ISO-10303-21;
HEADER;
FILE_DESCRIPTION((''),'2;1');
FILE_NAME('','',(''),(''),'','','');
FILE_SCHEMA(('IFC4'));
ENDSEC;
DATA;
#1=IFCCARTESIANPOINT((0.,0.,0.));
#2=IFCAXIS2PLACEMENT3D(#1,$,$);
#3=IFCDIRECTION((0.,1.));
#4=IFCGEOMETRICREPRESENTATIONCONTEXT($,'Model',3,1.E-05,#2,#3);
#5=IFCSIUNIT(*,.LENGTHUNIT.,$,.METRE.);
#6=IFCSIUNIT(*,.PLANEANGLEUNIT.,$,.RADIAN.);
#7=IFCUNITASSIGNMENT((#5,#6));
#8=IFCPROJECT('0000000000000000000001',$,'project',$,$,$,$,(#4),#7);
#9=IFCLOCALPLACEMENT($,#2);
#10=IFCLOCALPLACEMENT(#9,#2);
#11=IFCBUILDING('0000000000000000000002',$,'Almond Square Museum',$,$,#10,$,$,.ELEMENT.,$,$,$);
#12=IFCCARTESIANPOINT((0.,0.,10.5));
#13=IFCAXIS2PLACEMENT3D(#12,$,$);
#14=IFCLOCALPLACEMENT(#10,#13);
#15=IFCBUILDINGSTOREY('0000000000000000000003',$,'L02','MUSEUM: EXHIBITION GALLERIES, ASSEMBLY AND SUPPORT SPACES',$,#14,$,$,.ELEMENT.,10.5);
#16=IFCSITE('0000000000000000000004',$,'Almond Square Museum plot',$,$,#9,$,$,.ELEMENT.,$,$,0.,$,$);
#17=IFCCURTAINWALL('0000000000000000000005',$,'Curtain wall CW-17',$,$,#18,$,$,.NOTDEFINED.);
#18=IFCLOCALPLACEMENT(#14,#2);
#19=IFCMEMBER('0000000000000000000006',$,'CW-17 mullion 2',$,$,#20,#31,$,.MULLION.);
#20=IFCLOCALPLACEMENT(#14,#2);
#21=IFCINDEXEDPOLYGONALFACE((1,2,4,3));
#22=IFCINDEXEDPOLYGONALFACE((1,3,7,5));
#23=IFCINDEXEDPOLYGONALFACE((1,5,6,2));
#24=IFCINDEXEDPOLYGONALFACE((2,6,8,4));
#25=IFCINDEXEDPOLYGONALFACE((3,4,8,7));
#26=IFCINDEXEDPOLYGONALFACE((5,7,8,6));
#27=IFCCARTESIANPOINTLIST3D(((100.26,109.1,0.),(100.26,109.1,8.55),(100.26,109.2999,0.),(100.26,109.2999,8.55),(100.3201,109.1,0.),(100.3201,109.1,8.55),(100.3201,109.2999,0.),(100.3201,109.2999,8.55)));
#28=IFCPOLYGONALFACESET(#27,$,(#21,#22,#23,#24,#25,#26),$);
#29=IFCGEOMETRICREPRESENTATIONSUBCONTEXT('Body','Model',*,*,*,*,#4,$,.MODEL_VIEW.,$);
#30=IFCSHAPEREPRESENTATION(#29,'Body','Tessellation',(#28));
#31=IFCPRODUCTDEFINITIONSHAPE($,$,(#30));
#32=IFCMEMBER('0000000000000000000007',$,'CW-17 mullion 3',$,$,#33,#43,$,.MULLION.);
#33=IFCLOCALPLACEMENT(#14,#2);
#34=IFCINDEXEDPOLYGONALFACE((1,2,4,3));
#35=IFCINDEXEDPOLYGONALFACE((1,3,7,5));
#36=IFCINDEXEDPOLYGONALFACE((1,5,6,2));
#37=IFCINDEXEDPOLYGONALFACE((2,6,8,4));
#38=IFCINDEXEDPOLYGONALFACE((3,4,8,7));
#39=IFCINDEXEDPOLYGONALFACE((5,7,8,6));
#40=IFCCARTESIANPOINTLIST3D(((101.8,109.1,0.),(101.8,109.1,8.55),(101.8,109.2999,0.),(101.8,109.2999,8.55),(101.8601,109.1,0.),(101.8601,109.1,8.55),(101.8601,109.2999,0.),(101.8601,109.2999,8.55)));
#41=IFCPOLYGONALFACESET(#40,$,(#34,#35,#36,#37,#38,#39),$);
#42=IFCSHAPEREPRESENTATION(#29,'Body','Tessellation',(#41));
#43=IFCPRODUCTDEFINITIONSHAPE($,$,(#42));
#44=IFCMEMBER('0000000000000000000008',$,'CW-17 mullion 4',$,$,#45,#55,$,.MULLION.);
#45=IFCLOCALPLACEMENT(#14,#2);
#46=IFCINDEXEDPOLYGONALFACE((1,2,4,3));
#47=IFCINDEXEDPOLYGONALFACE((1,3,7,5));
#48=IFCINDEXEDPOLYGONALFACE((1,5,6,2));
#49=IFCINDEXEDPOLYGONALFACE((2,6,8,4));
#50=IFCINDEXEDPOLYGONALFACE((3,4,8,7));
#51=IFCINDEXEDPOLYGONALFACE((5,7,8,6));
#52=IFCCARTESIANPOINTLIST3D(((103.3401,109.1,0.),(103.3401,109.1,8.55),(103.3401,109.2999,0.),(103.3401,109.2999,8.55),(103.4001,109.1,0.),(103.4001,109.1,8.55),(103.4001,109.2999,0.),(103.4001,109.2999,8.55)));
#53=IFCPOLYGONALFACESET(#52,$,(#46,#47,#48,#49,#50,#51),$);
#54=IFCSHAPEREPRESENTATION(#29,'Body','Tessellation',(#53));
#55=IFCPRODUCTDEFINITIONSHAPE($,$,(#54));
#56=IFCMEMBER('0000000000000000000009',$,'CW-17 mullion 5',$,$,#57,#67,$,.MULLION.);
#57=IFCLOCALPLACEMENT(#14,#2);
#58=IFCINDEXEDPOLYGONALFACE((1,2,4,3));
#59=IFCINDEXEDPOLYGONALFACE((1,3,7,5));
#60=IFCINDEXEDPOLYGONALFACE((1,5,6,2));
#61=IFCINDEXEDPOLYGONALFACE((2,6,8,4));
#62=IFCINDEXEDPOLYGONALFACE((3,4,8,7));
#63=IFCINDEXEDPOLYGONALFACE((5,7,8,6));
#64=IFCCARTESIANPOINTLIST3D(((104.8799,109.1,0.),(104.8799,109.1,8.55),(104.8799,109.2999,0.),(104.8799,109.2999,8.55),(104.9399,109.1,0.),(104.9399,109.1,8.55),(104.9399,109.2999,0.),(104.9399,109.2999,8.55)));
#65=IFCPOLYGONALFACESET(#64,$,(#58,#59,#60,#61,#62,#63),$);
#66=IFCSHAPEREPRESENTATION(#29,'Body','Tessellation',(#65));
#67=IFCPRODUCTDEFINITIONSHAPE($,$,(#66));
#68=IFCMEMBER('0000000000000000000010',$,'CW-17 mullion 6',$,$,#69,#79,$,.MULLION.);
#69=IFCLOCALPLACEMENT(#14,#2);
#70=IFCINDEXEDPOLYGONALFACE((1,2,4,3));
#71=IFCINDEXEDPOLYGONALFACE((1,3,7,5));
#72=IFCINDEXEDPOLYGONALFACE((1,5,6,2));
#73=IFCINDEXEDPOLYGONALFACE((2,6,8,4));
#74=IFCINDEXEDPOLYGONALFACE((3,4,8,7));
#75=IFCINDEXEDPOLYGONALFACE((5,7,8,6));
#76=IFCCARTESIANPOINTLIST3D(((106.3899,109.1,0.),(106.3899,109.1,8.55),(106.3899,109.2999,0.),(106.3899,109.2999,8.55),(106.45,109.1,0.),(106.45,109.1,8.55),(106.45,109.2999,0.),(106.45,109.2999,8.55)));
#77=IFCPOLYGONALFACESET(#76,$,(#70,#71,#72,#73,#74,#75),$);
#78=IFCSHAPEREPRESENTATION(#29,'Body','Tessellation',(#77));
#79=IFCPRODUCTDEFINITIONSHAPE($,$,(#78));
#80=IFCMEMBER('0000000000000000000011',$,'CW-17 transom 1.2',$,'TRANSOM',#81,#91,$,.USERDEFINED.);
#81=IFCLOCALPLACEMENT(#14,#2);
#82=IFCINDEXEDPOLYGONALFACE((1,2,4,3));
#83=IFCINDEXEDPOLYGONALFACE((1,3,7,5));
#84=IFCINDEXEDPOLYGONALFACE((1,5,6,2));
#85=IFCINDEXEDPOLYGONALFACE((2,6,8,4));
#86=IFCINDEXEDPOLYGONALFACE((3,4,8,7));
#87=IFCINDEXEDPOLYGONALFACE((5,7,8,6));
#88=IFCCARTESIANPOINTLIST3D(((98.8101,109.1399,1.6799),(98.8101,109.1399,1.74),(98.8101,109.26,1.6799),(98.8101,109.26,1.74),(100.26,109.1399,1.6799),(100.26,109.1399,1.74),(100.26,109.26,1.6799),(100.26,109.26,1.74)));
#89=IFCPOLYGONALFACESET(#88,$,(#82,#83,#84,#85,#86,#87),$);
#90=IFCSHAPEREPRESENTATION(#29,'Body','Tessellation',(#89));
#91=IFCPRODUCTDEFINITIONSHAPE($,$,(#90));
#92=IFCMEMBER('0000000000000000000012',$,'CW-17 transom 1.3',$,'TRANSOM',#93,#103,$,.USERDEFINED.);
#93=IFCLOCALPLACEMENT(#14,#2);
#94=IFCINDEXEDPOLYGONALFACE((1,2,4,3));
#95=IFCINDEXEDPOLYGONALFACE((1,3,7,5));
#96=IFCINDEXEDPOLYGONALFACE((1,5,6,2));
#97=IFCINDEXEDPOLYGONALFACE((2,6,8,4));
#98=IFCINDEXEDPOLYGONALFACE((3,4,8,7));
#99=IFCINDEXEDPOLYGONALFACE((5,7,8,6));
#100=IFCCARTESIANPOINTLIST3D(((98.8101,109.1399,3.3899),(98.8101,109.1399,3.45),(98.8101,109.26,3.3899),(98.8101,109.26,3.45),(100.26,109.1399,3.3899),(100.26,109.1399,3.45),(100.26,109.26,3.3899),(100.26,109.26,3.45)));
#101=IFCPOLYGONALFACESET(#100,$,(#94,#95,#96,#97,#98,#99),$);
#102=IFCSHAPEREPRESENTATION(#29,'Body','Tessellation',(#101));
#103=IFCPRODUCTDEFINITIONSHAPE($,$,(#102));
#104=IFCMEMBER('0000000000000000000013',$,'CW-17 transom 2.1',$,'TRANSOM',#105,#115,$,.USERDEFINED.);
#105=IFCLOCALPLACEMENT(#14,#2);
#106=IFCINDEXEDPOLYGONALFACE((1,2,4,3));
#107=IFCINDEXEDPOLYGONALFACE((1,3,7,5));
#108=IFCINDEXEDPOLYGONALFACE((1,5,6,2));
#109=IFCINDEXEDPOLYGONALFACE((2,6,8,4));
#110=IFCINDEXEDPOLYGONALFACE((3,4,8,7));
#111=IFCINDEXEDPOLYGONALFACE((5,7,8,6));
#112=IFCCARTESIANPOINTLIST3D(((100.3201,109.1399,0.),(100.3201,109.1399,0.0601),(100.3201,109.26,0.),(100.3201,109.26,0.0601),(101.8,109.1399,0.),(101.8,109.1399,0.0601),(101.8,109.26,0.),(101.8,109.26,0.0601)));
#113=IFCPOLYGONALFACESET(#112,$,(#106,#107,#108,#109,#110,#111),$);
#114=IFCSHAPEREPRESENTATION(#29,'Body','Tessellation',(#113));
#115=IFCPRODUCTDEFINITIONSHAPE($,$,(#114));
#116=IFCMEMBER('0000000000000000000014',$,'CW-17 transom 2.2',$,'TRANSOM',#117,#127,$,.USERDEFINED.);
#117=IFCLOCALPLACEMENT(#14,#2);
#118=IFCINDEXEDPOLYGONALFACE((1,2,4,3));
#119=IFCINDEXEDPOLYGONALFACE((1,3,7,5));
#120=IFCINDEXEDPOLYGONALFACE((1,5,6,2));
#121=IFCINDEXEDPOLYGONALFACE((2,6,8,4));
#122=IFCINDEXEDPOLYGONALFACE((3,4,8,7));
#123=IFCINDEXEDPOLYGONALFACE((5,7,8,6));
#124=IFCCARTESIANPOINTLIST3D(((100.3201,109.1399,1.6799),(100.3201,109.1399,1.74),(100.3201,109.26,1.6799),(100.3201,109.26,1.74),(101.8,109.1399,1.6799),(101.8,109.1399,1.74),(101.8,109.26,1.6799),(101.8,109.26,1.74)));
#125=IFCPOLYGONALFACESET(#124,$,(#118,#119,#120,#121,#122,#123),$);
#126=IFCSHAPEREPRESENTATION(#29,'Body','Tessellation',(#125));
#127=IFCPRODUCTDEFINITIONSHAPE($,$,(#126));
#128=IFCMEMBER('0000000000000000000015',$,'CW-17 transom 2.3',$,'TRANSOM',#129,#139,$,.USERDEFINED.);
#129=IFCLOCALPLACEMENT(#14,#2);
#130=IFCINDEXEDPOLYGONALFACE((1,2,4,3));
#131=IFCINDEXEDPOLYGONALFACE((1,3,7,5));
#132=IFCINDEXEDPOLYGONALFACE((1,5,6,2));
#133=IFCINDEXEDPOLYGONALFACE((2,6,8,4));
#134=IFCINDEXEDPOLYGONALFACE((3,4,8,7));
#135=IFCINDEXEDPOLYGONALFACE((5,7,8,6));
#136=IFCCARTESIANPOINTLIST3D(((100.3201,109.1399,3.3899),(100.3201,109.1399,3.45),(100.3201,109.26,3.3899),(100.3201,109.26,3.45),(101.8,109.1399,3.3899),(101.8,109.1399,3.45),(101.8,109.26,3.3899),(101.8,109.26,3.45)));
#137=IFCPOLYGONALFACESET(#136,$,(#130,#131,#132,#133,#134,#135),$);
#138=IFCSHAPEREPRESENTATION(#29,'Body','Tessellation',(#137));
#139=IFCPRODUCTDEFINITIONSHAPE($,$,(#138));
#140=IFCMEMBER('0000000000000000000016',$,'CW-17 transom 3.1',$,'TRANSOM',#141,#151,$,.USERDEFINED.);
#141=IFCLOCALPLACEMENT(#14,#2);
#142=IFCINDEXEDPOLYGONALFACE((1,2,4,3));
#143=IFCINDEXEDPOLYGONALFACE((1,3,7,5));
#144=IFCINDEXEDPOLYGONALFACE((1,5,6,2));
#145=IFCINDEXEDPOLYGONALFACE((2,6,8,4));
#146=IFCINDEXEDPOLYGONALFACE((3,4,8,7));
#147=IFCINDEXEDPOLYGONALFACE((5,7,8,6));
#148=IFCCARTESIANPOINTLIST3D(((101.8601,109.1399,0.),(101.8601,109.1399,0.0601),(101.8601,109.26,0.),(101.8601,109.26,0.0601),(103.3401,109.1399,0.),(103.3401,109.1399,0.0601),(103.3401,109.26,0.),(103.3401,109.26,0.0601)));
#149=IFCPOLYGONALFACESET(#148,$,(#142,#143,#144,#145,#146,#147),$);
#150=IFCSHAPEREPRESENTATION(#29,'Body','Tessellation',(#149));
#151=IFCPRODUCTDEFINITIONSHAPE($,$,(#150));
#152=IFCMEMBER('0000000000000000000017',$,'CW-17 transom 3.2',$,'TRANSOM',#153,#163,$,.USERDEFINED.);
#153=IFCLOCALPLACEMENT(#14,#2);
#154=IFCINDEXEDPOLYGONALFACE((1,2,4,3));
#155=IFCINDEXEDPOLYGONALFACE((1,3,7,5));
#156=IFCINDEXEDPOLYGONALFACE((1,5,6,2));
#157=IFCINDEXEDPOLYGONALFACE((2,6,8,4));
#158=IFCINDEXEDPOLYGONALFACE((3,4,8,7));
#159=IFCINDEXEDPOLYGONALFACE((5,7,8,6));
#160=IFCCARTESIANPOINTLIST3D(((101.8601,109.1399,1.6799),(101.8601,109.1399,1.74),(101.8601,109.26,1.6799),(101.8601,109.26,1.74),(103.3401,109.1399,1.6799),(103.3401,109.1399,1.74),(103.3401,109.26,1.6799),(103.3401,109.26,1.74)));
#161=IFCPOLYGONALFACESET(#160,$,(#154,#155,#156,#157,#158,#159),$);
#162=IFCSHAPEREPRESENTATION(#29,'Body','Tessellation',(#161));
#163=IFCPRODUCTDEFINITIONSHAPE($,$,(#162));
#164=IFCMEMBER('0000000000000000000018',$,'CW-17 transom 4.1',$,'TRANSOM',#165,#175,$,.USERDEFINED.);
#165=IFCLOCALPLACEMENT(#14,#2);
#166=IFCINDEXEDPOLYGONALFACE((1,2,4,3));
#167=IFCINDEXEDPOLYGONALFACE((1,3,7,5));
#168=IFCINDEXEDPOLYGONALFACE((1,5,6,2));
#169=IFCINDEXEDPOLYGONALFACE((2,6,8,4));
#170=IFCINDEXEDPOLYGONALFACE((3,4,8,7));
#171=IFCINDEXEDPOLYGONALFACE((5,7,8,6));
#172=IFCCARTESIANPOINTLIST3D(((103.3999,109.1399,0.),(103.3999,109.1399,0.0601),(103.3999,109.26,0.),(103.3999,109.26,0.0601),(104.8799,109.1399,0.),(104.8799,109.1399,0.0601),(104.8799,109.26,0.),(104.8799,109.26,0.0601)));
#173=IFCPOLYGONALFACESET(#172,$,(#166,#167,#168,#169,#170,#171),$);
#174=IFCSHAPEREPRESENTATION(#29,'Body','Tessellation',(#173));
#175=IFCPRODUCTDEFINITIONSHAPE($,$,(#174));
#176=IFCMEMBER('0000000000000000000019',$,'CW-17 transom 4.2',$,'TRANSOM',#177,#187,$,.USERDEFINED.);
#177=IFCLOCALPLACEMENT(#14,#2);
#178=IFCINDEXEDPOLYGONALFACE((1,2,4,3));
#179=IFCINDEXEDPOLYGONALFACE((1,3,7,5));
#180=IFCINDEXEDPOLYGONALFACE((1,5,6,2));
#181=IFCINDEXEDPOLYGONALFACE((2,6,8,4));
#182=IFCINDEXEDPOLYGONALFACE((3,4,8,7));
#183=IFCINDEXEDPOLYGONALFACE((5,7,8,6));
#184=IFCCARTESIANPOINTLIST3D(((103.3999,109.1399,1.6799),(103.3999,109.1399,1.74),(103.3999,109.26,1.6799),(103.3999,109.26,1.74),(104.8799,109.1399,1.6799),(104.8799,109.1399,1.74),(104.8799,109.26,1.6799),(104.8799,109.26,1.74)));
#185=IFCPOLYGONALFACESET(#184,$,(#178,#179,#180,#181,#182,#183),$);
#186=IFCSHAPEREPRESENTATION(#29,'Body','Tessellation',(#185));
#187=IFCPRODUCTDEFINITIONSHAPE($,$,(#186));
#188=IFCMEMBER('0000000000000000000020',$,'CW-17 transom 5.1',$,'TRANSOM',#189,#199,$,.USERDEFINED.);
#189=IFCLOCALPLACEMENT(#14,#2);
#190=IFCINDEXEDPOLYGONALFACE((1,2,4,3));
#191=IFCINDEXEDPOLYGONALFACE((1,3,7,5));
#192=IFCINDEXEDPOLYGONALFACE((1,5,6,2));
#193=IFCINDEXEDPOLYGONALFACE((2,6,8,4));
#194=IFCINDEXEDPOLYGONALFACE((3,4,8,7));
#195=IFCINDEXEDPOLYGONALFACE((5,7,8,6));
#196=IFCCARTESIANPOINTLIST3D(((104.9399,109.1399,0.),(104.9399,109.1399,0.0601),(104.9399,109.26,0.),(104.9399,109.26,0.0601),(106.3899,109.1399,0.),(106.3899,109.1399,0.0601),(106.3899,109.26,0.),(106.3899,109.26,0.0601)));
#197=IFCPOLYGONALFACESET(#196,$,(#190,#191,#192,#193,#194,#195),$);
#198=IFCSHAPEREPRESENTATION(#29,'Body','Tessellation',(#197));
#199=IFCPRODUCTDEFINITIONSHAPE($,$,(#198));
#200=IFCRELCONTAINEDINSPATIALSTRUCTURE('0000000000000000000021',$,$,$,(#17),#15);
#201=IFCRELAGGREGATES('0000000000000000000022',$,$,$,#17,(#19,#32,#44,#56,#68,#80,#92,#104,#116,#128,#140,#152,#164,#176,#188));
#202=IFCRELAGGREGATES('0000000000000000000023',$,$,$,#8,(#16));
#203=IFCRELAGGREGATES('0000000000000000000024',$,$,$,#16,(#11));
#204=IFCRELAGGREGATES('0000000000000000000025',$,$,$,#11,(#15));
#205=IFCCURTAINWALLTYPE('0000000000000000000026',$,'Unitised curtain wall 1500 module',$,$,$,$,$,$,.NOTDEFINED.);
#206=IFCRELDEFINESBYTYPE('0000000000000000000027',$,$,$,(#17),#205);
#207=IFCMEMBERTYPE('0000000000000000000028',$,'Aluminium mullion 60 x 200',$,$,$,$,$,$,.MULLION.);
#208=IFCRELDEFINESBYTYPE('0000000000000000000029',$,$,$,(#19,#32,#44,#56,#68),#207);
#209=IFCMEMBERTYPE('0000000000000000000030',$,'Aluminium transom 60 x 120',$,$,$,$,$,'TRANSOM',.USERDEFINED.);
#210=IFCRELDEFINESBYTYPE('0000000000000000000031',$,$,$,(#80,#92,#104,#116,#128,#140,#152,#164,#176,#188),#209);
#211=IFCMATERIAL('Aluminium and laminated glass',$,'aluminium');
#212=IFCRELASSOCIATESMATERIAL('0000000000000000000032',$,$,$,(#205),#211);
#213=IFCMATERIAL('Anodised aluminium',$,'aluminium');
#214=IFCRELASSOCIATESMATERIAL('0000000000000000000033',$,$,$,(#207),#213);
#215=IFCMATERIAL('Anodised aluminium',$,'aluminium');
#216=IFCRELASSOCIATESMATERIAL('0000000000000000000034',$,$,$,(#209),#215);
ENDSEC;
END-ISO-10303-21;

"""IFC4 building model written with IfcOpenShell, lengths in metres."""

from ifc_helpers import new_model, si_unit, direction, frame, origin, origin_2d, place, context, subcontext, project, spatial, rectangle, extrude, material, material_profile, profile_set, type_object, element, aggregate, save


model = new_model("IFC4")

# Units and contexts
model_context = context("Model", 3, precision=1e-05, world=origin(), true_north=direction((0.0, 1.0)))
body_context = subcontext(model_context, "Body", "Model", "MODEL_VIEW")
ifc_project = project(units=[si_unit("LENGTHUNIT", "METRE"), si_unit("PLANEANGLEUNIT", "RADIAN")], contexts=[model_context])

# Site, building, storey
site_placement = place(None, origin())
site = spatial("IfcSite", under=ifc_project, at=site_placement, Name="Almond Square Museum plot", CompositionType="ELEMENT", RefElevation=0.0)
building_placement = place(site_placement, origin())
building = spatial("IfcBuilding", under=site, at=building_placement, Name="Almond Square Museum", CompositionType="ELEMENT")
storey_placement = place(building_placement, frame((0.0, 0.0, 10.5)))
storey = spatial("IfcBuildingStorey", under=building, at=storey_placement, Name="L02", Description="MUSEUM: EXHIBITION GALLERIES, ASSEMBLY AND SUPPORT SPACES", CompositionType="ELEMENT", Elevation=10.5)

# Curtain wall, members
ifc_material_1 = material(Name="Aluminium and laminated glass", Category="aluminium")
curtain_wall_type = type_object("IfcCurtainWallType", Name="Unitised curtain wall 1500 module", PredefinedType="NOTDEFINED", material=ifc_material_1)
curtain_wall_placement = place(storey_placement, origin())
curtain_wall = element("IfcCurtainWall", 1, at=curtain_wall_placement, inside=storey, type_object=curtain_wall_type, Name="Curtain wall CW-17", PredefinedType="NOTDEFINED")
ifc_material_2 = material(Name="Anodised aluminium", Category="aluminium")
ifc_material_profile_1 = material_profile(ifc_material_2, rectangle(XDim=0.2, YDim=0.0601, at=origin_2d()))
ifc_profile_set_1 = profile_set([ifc_material_profile_1], Name="Anodised aluminium")
member_type_1 = type_object("IfcMemberType", Name="Aluminium mullion 60 x 200", PredefinedType="MULLION", material=ifc_profile_set_1)
member_1_placement = place(storey_placement, frame((100.29, 109.2, 0.0), z_axis=(0.0, 0.0, 1.0), x_axis=(0.0, 1.0, 0.0)))
member_1 = element("IfcMember", 2, at=member_1_placement, type_object=member_type_1, Name="CW-17 mullion 2", PredefinedType="MULLION", context=body_context, shape_type="SweptSolid", body=[
    extrude(rectangle(XDim=0.2, YDim=0.0601, at=origin_2d()), origin(), (0.0, 0.0, 1.0), 8.55),
])
member_2_placement = place(storey_placement, frame((101.8301, 109.2, 0.0), z_axis=(0.0, 0.0, 1.0), x_axis=(0.0, 1.0, 0.0)))
member_2 = element("IfcMember", 3, at=member_2_placement, type_object=member_type_1, Name="CW-17 mullion 3", PredefinedType="MULLION", context=body_context, shape_type="SweptSolid", body=[
    extrude(rectangle(XDim=0.2, YDim=0.0601, at=origin_2d()), origin(), (0.0, 0.0, 1.0), 8.55),
])
member_3_placement = place(storey_placement, frame((103.3701, 109.2, 0.0), z_axis=(0.0, 0.0, 1.0), x_axis=(0.0, 1.0, 0.0)))
member_3 = element("IfcMember", 4, at=member_3_placement, type_object=member_type_1, Name="CW-17 mullion 4", PredefinedType="MULLION", context=body_context, shape_type="SweptSolid", body=[
    extrude(rectangle(XDim=0.2, YDim=0.0601, at=origin_2d()), origin(), (0.0, 0.0, 1.0), 8.55),
])
member_4_placement = place(storey_placement, frame((104.9099, 109.2, 0.0), z_axis=(0.0, 0.0, 1.0), x_axis=(0.0, 1.0, 0.0)))
member_4 = element("IfcMember", 5, at=member_4_placement, type_object=member_type_1, Name="CW-17 mullion 5", PredefinedType="MULLION", context=body_context, shape_type="SweptSolid", body=[
    extrude(rectangle(XDim=0.2, YDim=0.0601, at=origin_2d()), origin(), (0.0, 0.0, 1.0), 8.55),
])
member_5_placement = place(storey_placement, frame((106.4199, 109.2, 0.0), z_axis=(0.0, 0.0, 1.0), x_axis=(0.0, 1.0, 0.0)))
member_5 = element("IfcMember", 6, at=member_5_placement, type_object=member_type_1, Name="CW-17 mullion 6", PredefinedType="MULLION", context=body_context, shape_type="SweptSolid", body=[
    extrude(rectangle(XDim=0.2, YDim=0.0601, at=origin_2d()), origin(), (0.0, 0.0, 1.0), 8.55),
])
ifc_material_3 = material(Name="Anodised aluminium", Category="aluminium")
ifc_material_profile_2 = material_profile(ifc_material_3, rectangle(XDim=0.1201, YDim=0.0601, at=origin_2d()))
ifc_profile_set_2 = profile_set([ifc_material_profile_2], Name="Anodised aluminium")
member_type_2 = type_object("IfcMemberType", Name="Aluminium transom 60 x 120", ElementType="TRANSOM", PredefinedType="USERDEFINED", material=ifc_profile_set_2)
member_6_placement = place(storey_placement, frame((98.8101, 109.2, 1.71), z_axis=(1.0, 0.0, 0.0), x_axis=(0.0, 1.0, 0.0)))
member_6 = element("IfcMember", 7, at=member_6_placement, type_object=member_type_2, Name="CW-17 transom 1.2", ObjectType="TRANSOM", PredefinedType="USERDEFINED", context=body_context, shape_type="SweptSolid", body=[
    extrude(rectangle(XDim=0.1201, YDim=0.0601, at=origin_2d()), origin(), (0.0, 0.0, 1.0), 1.45),
])
member_7_placement = place(storey_placement, frame((98.8101, 109.2, 3.4199), z_axis=(1.0, 0.0, 0.0), x_axis=(0.0, 1.0, 0.0)))
member_7 = element("IfcMember", 8, at=member_7_placement, type_object=member_type_2, Name="CW-17 transom 1.3", ObjectType="TRANSOM", PredefinedType="USERDEFINED", context=body_context, shape_type="SweptSolid", body=[
    extrude(rectangle(XDim=0.1201, YDim=0.0601, at=origin_2d()), origin(), (0.0, 0.0, 1.0), 1.45),
])
member_8_placement = place(storey_placement, frame((100.3201, 109.2, 0.03), z_axis=(1.0, 0.0, 0.0), x_axis=(0.0, 1.0, 0.0)))
member_8 = element("IfcMember", 9, at=member_8_placement, type_object=member_type_2, Name="CW-17 transom 2.1", ObjectType="TRANSOM", PredefinedType="USERDEFINED", context=body_context, shape_type="SweptSolid", body=[
    extrude(rectangle(XDim=0.1201, YDim=0.0601, at=origin_2d()), origin(), (0.0, 0.0, 1.0), 1.48),
])
member_9_placement = place(storey_placement, frame((100.3201, 109.2, 1.71), z_axis=(1.0, 0.0, 0.0), x_axis=(0.0, 1.0, 0.0)))
member_9 = element("IfcMember", 10, at=member_9_placement, type_object=member_type_2, Name="CW-17 transom 2.2", ObjectType="TRANSOM", PredefinedType="USERDEFINED", context=body_context, shape_type="SweptSolid", body=[
    extrude(rectangle(XDim=0.1201, YDim=0.0601, at=origin_2d()), origin(), (0.0, 0.0, 1.0), 1.48),
])
member_10_placement = place(storey_placement, frame((100.3201, 109.2, 3.4199), z_axis=(1.0, 0.0, 0.0), x_axis=(0.0, 1.0, 0.0)))
member_10 = element("IfcMember", 11, at=member_10_placement, type_object=member_type_2, Name="CW-17 transom 2.3", ObjectType="TRANSOM", PredefinedType="USERDEFINED", context=body_context, shape_type="SweptSolid", body=[
    extrude(rectangle(XDim=0.1201, YDim=0.0601, at=origin_2d()), origin(), (0.0, 0.0, 1.0), 1.48),
])
member_11_placement = place(storey_placement, frame((101.8601, 109.2, 0.03), z_axis=(1.0, 0.0, 0.0), x_axis=(0.0, 1.0, 0.0)))
member_11 = element("IfcMember", 12, at=member_11_placement, type_object=member_type_2, Name="CW-17 transom 3.1", ObjectType="TRANSOM", PredefinedType="USERDEFINED", context=body_context, shape_type="SweptSolid", body=[
    extrude(rectangle(XDim=0.1201, YDim=0.0601, at=origin_2d()), origin(), (0.0, 0.0, 1.0), 1.48),
])
member_12_placement = place(storey_placement, frame((101.8601, 109.2, 1.71), z_axis=(1.0, 0.0, 0.0), x_axis=(0.0, 1.0, 0.0)))
member_12 = element("IfcMember", 13, at=member_12_placement, type_object=member_type_2, Name="CW-17 transom 3.2", ObjectType="TRANSOM", PredefinedType="USERDEFINED", context=body_context, shape_type="SweptSolid", body=[
    extrude(rectangle(XDim=0.1201, YDim=0.0601, at=origin_2d()), origin(), (0.0, 0.0, 1.0), 1.48),
])
member_13_placement = place(storey_placement, frame((103.3999, 109.2, 0.03), z_axis=(1.0, 0.0, 0.0), x_axis=(0.0, 1.0, 0.0)))
member_13 = element("IfcMember", 14, at=member_13_placement, type_object=member_type_2, Name="CW-17 transom 4.1", ObjectType="TRANSOM", PredefinedType="USERDEFINED", context=body_context, shape_type="SweptSolid", body=[
    extrude(rectangle(XDim=0.1201, YDim=0.0601, at=origin_2d()), origin(), (0.0, 0.0, 1.0), 1.48),
])
member_14_placement = place(storey_placement, frame((103.3999, 109.2, 1.71), z_axis=(1.0, 0.0, 0.0), x_axis=(0.0, 1.0, 0.0)))
member_14 = element("IfcMember", 15, at=member_14_placement, type_object=member_type_2, Name="CW-17 transom 4.2", ObjectType="TRANSOM", PredefinedType="USERDEFINED", context=body_context, shape_type="SweptSolid", body=[
    extrude(rectangle(XDim=0.1201, YDim=0.0601, at=origin_2d()), origin(), (0.0, 0.0, 1.0), 1.48),
])
member_15_placement = place(storey_placement, frame((104.9399, 109.2, 0.03), z_axis=(1.0, 0.0, 0.0), x_axis=(0.0, 1.0, 0.0)))
member_15 = element("IfcMember", 16, at=member_15_placement, type_object=member_type_2, Name="CW-17 transom 5.1", ObjectType="TRANSOM", PredefinedType="USERDEFINED", context=body_context, shape_type="SweptSolid", body=[
    extrude(rectangle(XDim=0.1201, YDim=0.0601, at=origin_2d()), origin(), (0.0, 0.0, 1.0), 1.45),
])

aggregate(curtain_wall, [member_1, member_2, member_3, member_4, member_5, member_6, member_7, member_8, member_9, member_10, member_11, member_12, member_13, member_14, member_15])

save(model, "model.ifc")
